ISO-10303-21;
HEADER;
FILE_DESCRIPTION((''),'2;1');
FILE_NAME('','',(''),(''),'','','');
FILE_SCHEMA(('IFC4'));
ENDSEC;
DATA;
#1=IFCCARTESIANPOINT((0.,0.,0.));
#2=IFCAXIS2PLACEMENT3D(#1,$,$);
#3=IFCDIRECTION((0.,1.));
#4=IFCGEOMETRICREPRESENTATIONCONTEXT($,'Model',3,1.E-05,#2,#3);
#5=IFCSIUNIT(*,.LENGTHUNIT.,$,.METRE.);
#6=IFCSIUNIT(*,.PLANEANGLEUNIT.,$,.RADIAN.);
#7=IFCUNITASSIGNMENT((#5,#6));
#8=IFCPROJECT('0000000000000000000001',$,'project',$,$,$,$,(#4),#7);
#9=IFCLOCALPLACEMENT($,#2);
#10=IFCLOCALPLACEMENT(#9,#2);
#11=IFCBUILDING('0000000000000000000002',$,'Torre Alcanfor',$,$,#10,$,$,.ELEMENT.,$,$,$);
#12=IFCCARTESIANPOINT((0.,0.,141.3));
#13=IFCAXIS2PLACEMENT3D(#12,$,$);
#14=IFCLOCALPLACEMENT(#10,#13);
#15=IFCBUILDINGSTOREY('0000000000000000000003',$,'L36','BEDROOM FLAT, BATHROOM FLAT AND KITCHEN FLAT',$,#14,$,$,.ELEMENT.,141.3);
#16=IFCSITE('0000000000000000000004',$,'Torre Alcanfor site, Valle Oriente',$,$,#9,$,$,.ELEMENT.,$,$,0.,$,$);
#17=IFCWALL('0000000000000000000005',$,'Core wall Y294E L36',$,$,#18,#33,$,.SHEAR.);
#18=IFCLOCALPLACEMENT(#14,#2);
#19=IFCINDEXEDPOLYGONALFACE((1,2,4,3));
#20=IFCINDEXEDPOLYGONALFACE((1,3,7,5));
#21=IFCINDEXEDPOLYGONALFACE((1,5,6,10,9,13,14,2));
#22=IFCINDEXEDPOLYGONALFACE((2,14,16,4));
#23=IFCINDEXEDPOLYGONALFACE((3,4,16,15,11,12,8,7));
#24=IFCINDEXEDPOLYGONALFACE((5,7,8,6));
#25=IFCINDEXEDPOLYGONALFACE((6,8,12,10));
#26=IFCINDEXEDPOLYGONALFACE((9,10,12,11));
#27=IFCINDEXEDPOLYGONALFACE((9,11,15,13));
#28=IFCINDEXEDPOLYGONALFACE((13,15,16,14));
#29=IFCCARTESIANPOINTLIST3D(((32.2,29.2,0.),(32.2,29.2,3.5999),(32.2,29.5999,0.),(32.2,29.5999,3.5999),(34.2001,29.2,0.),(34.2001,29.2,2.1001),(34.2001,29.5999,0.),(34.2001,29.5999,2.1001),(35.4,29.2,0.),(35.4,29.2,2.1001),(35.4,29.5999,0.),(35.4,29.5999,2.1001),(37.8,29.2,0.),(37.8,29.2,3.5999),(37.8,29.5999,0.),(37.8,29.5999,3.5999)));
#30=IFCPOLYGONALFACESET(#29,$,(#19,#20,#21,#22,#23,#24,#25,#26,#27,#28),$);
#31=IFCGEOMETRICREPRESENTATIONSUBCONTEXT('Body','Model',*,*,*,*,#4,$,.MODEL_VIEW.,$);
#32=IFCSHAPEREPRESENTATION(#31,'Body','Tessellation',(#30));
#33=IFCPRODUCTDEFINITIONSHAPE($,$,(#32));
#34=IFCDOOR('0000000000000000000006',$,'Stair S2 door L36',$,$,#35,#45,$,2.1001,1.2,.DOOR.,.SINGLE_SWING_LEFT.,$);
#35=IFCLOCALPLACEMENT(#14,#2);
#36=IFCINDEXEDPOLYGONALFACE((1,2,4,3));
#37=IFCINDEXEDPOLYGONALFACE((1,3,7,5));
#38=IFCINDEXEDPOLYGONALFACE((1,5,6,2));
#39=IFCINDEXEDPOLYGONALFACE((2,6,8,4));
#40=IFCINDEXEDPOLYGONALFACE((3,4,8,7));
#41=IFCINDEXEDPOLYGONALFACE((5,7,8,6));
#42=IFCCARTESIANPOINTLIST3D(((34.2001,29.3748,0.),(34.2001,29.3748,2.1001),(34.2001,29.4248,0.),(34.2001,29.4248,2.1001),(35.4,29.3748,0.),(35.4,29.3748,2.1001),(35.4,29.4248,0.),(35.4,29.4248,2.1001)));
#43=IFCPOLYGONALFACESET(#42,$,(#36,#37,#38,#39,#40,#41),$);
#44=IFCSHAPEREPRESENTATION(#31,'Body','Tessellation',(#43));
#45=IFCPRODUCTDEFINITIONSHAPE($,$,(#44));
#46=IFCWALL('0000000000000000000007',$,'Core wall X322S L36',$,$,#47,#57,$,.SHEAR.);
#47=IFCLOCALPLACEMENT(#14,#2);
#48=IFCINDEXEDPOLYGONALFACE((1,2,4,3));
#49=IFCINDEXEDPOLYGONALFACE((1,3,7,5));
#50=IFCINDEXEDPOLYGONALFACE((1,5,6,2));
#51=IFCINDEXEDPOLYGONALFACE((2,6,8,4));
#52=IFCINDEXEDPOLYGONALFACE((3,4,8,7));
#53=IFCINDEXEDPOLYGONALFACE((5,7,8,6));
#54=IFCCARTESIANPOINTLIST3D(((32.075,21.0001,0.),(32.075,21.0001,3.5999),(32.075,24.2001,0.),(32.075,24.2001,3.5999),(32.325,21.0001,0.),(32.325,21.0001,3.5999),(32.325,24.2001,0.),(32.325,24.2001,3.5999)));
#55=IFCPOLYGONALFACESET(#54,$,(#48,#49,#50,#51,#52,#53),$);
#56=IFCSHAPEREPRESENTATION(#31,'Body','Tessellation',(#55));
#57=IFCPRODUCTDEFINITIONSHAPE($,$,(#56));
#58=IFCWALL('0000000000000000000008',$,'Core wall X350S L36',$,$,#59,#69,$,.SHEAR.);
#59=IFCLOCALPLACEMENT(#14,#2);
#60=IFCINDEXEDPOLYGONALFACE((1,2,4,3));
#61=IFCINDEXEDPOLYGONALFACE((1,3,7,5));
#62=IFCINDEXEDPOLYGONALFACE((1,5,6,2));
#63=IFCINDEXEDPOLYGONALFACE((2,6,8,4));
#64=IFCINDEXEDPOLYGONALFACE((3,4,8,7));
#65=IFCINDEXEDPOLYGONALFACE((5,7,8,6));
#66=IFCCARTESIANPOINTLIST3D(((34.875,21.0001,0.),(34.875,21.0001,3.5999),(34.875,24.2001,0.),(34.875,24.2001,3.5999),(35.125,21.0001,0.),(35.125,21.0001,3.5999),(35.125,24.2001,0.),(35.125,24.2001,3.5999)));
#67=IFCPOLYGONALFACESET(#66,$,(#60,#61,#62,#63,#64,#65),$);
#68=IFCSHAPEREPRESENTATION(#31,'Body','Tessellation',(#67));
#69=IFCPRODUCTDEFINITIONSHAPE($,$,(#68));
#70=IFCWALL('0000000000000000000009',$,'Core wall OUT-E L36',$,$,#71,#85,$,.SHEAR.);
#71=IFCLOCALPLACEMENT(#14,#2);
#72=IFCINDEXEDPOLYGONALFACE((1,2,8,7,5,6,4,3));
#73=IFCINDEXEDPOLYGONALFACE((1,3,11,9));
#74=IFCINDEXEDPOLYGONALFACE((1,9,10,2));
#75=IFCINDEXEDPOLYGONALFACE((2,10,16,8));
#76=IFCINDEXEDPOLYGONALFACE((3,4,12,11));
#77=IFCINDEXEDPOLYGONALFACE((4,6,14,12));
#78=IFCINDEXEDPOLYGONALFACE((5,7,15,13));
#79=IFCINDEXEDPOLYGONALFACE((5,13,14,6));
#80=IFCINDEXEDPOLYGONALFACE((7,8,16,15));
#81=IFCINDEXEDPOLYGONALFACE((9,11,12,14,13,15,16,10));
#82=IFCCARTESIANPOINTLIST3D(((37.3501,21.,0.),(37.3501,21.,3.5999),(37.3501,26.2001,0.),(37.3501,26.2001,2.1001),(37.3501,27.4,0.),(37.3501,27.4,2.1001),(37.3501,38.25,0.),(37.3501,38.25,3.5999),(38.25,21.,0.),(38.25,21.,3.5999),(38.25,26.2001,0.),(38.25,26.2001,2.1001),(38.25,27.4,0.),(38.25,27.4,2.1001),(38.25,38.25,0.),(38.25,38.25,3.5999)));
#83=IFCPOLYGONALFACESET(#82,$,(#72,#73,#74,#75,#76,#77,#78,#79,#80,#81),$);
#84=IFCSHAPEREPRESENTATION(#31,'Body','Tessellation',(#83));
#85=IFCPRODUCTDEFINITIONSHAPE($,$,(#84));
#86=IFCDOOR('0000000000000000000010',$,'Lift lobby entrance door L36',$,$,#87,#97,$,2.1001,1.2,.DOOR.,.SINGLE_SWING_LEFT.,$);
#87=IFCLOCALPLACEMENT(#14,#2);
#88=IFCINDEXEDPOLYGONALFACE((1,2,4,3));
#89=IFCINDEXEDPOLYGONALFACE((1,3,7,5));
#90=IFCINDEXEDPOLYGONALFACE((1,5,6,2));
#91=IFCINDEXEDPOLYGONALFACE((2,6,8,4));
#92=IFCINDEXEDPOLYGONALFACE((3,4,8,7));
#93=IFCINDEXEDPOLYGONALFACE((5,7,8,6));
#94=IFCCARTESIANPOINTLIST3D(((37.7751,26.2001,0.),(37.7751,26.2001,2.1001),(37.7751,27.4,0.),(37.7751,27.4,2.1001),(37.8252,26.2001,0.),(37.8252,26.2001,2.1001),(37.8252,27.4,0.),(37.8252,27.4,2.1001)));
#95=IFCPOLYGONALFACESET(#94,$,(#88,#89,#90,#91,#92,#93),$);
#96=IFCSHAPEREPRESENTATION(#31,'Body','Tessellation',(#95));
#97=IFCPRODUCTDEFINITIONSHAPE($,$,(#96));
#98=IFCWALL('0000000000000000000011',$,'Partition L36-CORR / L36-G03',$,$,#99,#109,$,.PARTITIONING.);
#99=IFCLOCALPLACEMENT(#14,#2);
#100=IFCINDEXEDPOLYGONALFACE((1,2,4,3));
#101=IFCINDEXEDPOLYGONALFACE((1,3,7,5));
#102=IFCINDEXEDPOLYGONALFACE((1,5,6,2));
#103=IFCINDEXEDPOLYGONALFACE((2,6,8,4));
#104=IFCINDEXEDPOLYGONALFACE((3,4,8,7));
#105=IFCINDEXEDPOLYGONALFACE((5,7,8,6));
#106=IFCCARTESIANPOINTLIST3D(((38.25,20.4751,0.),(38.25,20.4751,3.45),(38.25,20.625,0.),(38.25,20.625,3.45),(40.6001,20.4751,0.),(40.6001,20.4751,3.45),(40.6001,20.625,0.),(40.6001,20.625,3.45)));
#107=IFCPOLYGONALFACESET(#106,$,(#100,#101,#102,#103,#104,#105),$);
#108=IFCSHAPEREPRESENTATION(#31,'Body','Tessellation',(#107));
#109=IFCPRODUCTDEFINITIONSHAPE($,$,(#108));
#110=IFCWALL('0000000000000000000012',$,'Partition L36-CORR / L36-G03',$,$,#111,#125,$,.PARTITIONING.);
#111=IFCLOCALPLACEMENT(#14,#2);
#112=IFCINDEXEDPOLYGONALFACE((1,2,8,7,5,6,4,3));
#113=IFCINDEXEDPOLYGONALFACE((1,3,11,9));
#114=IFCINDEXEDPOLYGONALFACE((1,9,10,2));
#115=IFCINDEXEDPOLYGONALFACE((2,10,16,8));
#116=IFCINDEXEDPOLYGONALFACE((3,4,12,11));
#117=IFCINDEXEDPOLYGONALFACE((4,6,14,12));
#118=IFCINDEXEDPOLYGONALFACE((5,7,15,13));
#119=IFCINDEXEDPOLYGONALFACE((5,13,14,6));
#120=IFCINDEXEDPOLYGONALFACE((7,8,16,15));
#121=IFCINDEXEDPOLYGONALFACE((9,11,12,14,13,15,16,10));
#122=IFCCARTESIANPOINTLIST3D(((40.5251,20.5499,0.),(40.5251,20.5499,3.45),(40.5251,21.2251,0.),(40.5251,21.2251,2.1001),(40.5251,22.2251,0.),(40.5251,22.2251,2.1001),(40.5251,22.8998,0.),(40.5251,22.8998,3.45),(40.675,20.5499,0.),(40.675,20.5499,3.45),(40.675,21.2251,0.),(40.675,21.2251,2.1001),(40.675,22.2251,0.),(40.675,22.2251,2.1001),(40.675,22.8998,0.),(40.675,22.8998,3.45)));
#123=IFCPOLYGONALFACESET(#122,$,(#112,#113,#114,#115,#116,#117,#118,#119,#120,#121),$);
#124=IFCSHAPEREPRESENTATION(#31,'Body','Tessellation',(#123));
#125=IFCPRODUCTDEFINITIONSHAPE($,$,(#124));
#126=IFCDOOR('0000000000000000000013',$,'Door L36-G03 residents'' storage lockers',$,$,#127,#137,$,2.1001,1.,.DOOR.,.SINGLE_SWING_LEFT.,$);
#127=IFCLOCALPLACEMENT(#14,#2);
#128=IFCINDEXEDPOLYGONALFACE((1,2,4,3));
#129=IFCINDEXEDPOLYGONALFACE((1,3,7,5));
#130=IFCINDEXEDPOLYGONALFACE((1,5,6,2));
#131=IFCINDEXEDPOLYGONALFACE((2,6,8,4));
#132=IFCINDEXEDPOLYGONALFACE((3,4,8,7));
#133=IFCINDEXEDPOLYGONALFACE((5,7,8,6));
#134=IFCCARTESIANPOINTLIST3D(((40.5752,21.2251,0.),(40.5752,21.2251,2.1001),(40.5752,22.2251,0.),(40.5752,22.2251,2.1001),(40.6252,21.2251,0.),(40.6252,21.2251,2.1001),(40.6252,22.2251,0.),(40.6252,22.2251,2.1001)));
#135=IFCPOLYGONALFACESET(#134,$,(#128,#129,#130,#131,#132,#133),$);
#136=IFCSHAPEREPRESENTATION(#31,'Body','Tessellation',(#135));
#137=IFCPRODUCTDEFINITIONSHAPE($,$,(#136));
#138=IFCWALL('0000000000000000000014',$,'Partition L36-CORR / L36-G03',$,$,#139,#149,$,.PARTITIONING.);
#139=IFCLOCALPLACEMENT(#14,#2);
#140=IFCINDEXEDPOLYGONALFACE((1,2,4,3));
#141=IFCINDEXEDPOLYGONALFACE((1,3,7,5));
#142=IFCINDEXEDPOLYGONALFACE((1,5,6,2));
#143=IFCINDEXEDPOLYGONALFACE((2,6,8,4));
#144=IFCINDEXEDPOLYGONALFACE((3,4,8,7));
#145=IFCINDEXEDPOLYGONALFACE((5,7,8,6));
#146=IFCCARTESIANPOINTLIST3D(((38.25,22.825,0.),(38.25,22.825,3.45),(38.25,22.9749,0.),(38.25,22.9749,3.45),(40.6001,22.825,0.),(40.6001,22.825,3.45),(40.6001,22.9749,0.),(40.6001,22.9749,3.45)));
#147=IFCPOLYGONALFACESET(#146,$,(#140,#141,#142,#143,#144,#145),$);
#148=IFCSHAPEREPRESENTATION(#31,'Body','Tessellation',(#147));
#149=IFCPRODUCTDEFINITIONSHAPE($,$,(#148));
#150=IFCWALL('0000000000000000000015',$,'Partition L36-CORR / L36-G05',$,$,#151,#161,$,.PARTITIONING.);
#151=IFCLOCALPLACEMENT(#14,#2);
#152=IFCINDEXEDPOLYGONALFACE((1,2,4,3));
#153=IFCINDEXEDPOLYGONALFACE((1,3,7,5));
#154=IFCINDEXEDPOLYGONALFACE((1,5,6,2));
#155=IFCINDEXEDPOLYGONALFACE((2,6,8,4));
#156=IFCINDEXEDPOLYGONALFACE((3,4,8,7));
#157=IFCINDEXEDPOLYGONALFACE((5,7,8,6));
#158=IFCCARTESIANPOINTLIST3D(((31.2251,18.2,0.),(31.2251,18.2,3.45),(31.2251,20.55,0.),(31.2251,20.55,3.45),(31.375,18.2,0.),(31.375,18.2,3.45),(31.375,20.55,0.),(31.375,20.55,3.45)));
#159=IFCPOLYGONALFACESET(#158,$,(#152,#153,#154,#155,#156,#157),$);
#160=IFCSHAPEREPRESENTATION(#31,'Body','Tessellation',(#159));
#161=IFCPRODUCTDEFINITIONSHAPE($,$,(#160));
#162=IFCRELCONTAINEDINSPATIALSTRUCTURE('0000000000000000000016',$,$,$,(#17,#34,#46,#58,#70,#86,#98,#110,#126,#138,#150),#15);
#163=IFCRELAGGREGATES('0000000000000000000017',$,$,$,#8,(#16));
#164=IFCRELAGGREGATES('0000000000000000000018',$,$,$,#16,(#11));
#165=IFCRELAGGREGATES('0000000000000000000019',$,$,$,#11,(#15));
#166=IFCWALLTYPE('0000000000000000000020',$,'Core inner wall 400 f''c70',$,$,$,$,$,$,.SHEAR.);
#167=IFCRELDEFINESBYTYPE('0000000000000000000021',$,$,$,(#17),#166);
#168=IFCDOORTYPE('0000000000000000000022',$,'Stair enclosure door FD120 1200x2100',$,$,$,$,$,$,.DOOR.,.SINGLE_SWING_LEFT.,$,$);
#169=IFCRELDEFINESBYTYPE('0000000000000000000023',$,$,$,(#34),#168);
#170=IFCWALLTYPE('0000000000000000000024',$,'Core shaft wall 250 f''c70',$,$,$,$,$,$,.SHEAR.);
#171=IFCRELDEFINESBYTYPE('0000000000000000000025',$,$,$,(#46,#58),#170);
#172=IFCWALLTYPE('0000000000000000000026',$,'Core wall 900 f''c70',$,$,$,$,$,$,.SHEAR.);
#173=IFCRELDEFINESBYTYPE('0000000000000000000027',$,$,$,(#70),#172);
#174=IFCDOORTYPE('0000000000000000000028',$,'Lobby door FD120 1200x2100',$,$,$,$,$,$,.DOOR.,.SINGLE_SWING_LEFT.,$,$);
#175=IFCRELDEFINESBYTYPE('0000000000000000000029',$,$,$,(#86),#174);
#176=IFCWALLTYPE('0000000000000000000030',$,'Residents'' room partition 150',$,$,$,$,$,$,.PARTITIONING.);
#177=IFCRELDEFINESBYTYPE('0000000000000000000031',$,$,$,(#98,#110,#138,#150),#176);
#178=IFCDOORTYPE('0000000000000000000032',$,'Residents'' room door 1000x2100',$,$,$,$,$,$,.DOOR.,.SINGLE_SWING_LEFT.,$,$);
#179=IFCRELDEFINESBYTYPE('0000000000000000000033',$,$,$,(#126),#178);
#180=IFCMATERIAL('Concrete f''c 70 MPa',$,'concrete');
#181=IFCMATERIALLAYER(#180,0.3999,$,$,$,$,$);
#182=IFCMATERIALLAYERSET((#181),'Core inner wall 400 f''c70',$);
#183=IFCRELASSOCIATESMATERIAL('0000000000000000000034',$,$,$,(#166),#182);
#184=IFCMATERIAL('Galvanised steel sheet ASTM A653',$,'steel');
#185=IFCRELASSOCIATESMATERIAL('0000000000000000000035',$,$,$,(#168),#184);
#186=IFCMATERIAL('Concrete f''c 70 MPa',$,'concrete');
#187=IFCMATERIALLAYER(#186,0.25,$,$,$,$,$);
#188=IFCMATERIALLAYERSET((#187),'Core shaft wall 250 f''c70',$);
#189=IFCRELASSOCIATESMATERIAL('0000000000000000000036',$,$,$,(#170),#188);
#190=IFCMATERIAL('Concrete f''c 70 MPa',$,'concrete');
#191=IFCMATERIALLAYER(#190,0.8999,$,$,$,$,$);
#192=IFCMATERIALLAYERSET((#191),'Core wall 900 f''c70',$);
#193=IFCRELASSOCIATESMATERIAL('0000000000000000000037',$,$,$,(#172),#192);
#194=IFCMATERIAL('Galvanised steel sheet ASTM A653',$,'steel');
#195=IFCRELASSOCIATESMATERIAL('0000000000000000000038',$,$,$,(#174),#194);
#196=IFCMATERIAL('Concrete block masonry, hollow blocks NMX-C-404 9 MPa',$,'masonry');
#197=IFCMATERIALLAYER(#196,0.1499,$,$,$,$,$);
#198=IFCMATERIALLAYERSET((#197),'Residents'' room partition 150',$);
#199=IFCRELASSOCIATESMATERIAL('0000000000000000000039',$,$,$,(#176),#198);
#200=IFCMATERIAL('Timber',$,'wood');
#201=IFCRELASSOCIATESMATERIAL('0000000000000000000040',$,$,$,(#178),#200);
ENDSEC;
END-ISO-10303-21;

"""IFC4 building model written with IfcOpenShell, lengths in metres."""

from ifc_helpers import new_model, si_unit, direction, frame, frame_2d, origin, place, context, subcontext, project, spatial, rectangle, extrude, material, layer, layer_set, type_object, element, fill, save


model = new_model("IFC4")

# Units and contexts
model_context = context("Model", 3, precision=1e-05, world=origin(), true_north=direction((0.0, 1.0)))
body_context = subcontext(model_context, "Body", "Model", "MODEL_VIEW")
ifc_project = project(units=[si_unit("LENGTHUNIT", "METRE"), si_unit("PLANEANGLEUNIT", "RADIAN")], contexts=[model_context])

# Site, building, storey
site_placement = place(None, origin())
site = spatial("IfcSite", under=ifc_project, at=site_placement, Name="Torre Alcanfor site, Valle Oriente", CompositionType="ELEMENT", RefElevation=0.0)
building_placement = place(site_placement, origin())
building = spatial("IfcBuilding", under=site, at=building_placement, Name="Torre Alcanfor", CompositionType="ELEMENT")
storey_placement = place(building_placement, frame((0.0, 0.0, 141.3)))
storey = spatial("IfcBuildingStorey", under=building, at=storey_placement, Name="L36", Description="BEDROOM FLAT, BATHROOM FLAT AND KITCHEN FLAT", CompositionType="ELEMENT", Elevation=141.3)

# Shared definitions
ifc_material_1 = material(Name="Concrete f'c 70 MPa", Category="concrete")
ifc_layer_1 = layer(ifc_material_1, 0.3999)
ifc_layer_set_1 = layer_set([ifc_layer_1], Name="Core inner wall 400 f'c70")
wall_type_1 = type_object("IfcWallType", Name="Core inner wall 400 f'c70", PredefinedType="SHEAR", material=ifc_layer_set_1)

# Wall, opening, door
wall_1_placement = place(storey_placement, frame((32.2, 29.3999, 0.0), z_axis=(0.0, 0.0, 1.0), x_axis=(1.0, 0.0, 0.0)))
wall_1 = element("IfcWall", 1, at=wall_1_placement, inside=storey, type_object=wall_type_1, Name="Core wall Y294E L36", PredefinedType="SHEAR", context=body_context, shape_type="SweptSolid", body=[
    extrude(rectangle(XDim=5.6001, YDim=0.3999, at=frame_2d((2.8, 0.0))), origin(), (0.0, 0.0, 1.0), 3.5999),
])
opening_1_placement = place(wall_1_placement, frame((2.0, 0.0, 0.0)))
opening_1 = element("IfcOpeningElement", 2, at=opening_1_placement, cuts=wall_1, PredefinedType="OPENING", context=body_context, shape_type="SweptSolid", body=[
    extrude(rectangle(XDim=1.2, YDim=2.1001, at=frame_2d((0.6001, 1.05))), frame((0.0, 0.21, 0.0), z_axis=(0.0, -1.0, 0.0), x_axis=(1.0, 0.0, 0.0)), (0.0, 0.0, 1.0), 0.4199),
])
ifc_material_2 = material(Name="Galvanised steel sheet ASTM A653", Category="steel")
door_type_1 = type_object("IfcDoorType", Name="Stair enclosure door FD120 1200x2100", OperationType="SINGLE_SWING_LEFT", PredefinedType="DOOR", material=ifc_material_2)
door_1_placement = place(opening_1_placement, origin())
door_1 = element("IfcDoor", 3, at=door_1_placement, inside=storey, type_object=door_type_1, Name="Stair S2 door L36", OperationType="SINGLE_SWING_LEFT", OverallHeight=2.1001, OverallWidth=1.2, PredefinedType="DOOR", context=body_context, shape_type="SweptSolid", body=[
    extrude(rectangle(XDim=1.2, YDim=2.1001, at=frame_2d((0.6001, 1.05))), frame((0.0, 0.0249, 0.0), z_axis=(0.0, -1.0, 0.0), x_axis=(1.0, 0.0, 0.0)), (0.0, 0.0, 1.0), 0.05),
])
fill(opening_1, door_1)

# Walls
ifc_material_3 = material(Name="Concrete f'c 70 MPa", Category="concrete")
ifc_layer_2 = layer(ifc_material_3, 0.25)
ifc_layer_set_2 = layer_set([ifc_layer_2], Name="Core shaft wall 250 f'c70")
wall_type_2 = type_object("IfcWallType", Name="Core shaft wall 250 f'c70", PredefinedType="SHEAR", material=ifc_layer_set_2)
for number, where, z_axis, x_axis, name in (
    (4, (32.2, 21.0, 0.0), (0.0, 0.0, 1.0), (0.0, 1.0, 0.0), "Core wall X322S L36"),
    (5, (35.0, 21.0, 0.0), (0.0, 0.0, 1.0), (0.0, 1.0, 0.0), "Core wall X350S L36"),
):
    element("IfcWall", number, at=place(storey_placement, frame(where, z_axis=z_axis, x_axis=x_axis)), inside=storey, type_object=wall_type_2, Name=name, PredefinedType="SHEAR", context=body_context, shape_type="SweptSolid", body=[
        extrude(rectangle(XDim=3.2, YDim=0.25, at=frame_2d((1.6001, 0.0))), origin(), (0.0, 0.0, 1.0), 3.5999),
    ])

# Wall, opening, door
ifc_material_4 = material(Name="Concrete f'c 70 MPa", Category="concrete")
ifc_layer_3 = layer(ifc_material_4, 0.8999)
ifc_layer_set_3 = layer_set([ifc_layer_3], Name="Core wall 900 f'c70")
wall_type_3 = type_object("IfcWallType", Name="Core wall 900 f'c70", PredefinedType="SHEAR", material=ifc_layer_set_3)
wall_2_placement = place(storey_placement, frame((37.8, 21.0, 0.0), z_axis=(0.0, 0.0, 1.0), x_axis=(0.0, 1.0, 0.0)))
wall_2 = element("IfcWall", 6, at=wall_2_placement, inside=storey, type_object=wall_type_3, Name="Core wall OUT-E L36", PredefinedType="SHEAR", context=body_context, shape_type="SweptSolid", body=[
    extrude(rectangle(XDim=17.25, YDim=0.8999, at=frame_2d((8.625, 0.0))), origin(), (0.0, 0.0, 1.0), 3.5999),
])
opening_2_placement = place(wall_2_placement, frame((5.2, 0.0, 0.0)))
opening_2 = element("IfcOpeningElement", 7, at=opening_2_placement, cuts=wall_2, PredefinedType="OPENING", context=body_context, shape_type="SweptSolid", body=[
    extrude(rectangle(XDim=1.2, YDim=2.1001, at=frame_2d((0.6001, 1.05))), frame((0.0, 0.46, 0.0), z_axis=(0.0, -1.0, 0.0), x_axis=(1.0, 0.0, 0.0)), (0.0, 0.0, 1.0), 0.9199),
])
ifc_material_5 = material(Name="Galvanised steel sheet ASTM A653", Category="steel")
door_type_2 = type_object("IfcDoorType", Name="Lobby door FD120 1200x2100", OperationType="SINGLE_SWING_LEFT", PredefinedType="DOOR", material=ifc_material_5)
door_2_placement = place(opening_2_placement, origin())
door_2 = element("IfcDoor", 8, at=door_2_placement, inside=storey, type_object=door_type_2, Name="Lift lobby entrance door L36", OperationType="SINGLE_SWING_LEFT", OverallHeight=2.1001, OverallWidth=1.2, PredefinedType="DOOR", context=body_context, shape_type="SweptSolid", body=[
    extrude(rectangle(XDim=1.2, YDim=2.1001, at=frame_2d((0.6001, 1.05))), frame((0.0, 0.0249, 0.0), z_axis=(0.0, -1.0, 0.0), x_axis=(1.0, 0.0, 0.0)), (0.0, 0.0, 1.0), 0.05),
])
fill(opening_2, door_2)

# Wall
ifc_material_6 = material(Name="Concrete block masonry, hollow blocks NMX-C-404 9 MPa", Category="masonry")
ifc_layer_4 = layer(ifc_material_6, 0.1499)
ifc_layer_set_4 = layer_set([ifc_layer_4], Name="Residents' room partition 150")
wall_type_4 = type_object("IfcWallType", Name="Residents' room partition 150", PredefinedType="PARTITIONING", material=ifc_layer_set_4)
wall_3_placement = place(storey_placement, frame((38.25, 20.55, 0.0), z_axis=(0.0, 0.0, 1.0), x_axis=(1.0, 0.0, 0.0)))
element("IfcWall", 9, at=wall_3_placement, inside=storey, type_object=wall_type_4, Name="Partition L36-CORR / L36-G03", PredefinedType="PARTITIONING", context=body_context, shape_type="SweptSolid", body=[
    extrude(rectangle(XDim=2.3501, YDim=0.1499, at=frame_2d((1.175, 0.0))), origin(), (0.0, 0.0, 1.0), 3.45),
])

# Wall, opening, door
wall_4_placement = place(storey_placement, frame((40.6001, 20.55, 0.0), z_axis=(0.0, 0.0, 1.0), x_axis=(0.0, 1.0, 0.0)))
wall_4 = element("IfcWall", 10, at=wall_4_placement, inside=storey, type_object=wall_type_4, Name="Partition L36-CORR / L36-G03", PredefinedType="PARTITIONING", context=body_context, shape_type="SweptSolid", body=[
    extrude(rectangle(XDim=2.3499, YDim=0.1499, at=frame_2d((1.1748, 0.0))), origin(), (0.0, 0.0, 1.0), 3.45),
])
opening_3_placement = place(wall_4_placement, frame((0.675, 0.0, 0.0)))
opening_3 = element("IfcOpeningElement", 11, at=opening_3_placement, cuts=wall_4, PredefinedType="OPENING", context=body_context, shape_type="SweptSolid", body=[
    extrude(rectangle(XDim=1.0, YDim=2.1001, at=frame_2d((0.5, 1.05))), frame((0.0, 0.085, 0.0), z_axis=(0.0, -1.0, 0.0), x_axis=(1.0, 0.0, 0.0)), (0.0, 0.0, 1.0), 0.1699),
])
ifc_material_7 = material(Name="Timber", Category="wood")
door_type_3 = type_object("IfcDoorType", Name="Residents' room door 1000x2100", OperationType="SINGLE_SWING_LEFT", PredefinedType="DOOR", material=ifc_material_7)
door_3_placement = place(opening_3_placement, origin())
door_3 = element("IfcDoor", 12, at=door_3_placement, inside=storey, type_object=door_type_3, Name="Door L36-G03 residents' storage lockers", OperationType="SINGLE_SWING_LEFT", OverallHeight=2.1001, OverallWidth=1.0, PredefinedType="DOOR", context=body_context, shape_type="SweptSolid", body=[
    extrude(rectangle(XDim=1.0, YDim=2.1001, at=frame_2d((0.5, 1.05))), frame((0.0, 0.0249, 0.0), z_axis=(0.0, -1.0, 0.0), x_axis=(1.0, 0.0, 0.0)), (0.0, 0.0, 1.0), 0.05),
])
fill(opening_3, door_3)

# Walls
for number, where, z_axis, x_axis, name in (
    (13, (40.6001, 22.8999, 0.0), (0.0, 0.0, 1.0), (-1.0, 0.0, 0.0), "Partition L36-CORR / L36-G03"),
    (14, (31.3, 18.2, 0.0), (0.0, 0.0, 1.0), (0.0, 1.0, 0.0), "Partition L36-CORR / L36-G05"),
):
    element("IfcWall", number, at=place(storey_placement, frame(where, z_axis=z_axis, x_axis=x_axis)), inside=storey, type_object=wall_type_4, Name=name, PredefinedType="PARTITIONING", context=body_context, shape_type="SweptSolid", body=[
        extrude(rectangle(XDim=2.3501, YDim=0.1499, at=frame_2d((1.175, 0.0))), origin(), (0.0, 0.0, 1.0), 3.45),
    ])

save(model, "model.ifc")
